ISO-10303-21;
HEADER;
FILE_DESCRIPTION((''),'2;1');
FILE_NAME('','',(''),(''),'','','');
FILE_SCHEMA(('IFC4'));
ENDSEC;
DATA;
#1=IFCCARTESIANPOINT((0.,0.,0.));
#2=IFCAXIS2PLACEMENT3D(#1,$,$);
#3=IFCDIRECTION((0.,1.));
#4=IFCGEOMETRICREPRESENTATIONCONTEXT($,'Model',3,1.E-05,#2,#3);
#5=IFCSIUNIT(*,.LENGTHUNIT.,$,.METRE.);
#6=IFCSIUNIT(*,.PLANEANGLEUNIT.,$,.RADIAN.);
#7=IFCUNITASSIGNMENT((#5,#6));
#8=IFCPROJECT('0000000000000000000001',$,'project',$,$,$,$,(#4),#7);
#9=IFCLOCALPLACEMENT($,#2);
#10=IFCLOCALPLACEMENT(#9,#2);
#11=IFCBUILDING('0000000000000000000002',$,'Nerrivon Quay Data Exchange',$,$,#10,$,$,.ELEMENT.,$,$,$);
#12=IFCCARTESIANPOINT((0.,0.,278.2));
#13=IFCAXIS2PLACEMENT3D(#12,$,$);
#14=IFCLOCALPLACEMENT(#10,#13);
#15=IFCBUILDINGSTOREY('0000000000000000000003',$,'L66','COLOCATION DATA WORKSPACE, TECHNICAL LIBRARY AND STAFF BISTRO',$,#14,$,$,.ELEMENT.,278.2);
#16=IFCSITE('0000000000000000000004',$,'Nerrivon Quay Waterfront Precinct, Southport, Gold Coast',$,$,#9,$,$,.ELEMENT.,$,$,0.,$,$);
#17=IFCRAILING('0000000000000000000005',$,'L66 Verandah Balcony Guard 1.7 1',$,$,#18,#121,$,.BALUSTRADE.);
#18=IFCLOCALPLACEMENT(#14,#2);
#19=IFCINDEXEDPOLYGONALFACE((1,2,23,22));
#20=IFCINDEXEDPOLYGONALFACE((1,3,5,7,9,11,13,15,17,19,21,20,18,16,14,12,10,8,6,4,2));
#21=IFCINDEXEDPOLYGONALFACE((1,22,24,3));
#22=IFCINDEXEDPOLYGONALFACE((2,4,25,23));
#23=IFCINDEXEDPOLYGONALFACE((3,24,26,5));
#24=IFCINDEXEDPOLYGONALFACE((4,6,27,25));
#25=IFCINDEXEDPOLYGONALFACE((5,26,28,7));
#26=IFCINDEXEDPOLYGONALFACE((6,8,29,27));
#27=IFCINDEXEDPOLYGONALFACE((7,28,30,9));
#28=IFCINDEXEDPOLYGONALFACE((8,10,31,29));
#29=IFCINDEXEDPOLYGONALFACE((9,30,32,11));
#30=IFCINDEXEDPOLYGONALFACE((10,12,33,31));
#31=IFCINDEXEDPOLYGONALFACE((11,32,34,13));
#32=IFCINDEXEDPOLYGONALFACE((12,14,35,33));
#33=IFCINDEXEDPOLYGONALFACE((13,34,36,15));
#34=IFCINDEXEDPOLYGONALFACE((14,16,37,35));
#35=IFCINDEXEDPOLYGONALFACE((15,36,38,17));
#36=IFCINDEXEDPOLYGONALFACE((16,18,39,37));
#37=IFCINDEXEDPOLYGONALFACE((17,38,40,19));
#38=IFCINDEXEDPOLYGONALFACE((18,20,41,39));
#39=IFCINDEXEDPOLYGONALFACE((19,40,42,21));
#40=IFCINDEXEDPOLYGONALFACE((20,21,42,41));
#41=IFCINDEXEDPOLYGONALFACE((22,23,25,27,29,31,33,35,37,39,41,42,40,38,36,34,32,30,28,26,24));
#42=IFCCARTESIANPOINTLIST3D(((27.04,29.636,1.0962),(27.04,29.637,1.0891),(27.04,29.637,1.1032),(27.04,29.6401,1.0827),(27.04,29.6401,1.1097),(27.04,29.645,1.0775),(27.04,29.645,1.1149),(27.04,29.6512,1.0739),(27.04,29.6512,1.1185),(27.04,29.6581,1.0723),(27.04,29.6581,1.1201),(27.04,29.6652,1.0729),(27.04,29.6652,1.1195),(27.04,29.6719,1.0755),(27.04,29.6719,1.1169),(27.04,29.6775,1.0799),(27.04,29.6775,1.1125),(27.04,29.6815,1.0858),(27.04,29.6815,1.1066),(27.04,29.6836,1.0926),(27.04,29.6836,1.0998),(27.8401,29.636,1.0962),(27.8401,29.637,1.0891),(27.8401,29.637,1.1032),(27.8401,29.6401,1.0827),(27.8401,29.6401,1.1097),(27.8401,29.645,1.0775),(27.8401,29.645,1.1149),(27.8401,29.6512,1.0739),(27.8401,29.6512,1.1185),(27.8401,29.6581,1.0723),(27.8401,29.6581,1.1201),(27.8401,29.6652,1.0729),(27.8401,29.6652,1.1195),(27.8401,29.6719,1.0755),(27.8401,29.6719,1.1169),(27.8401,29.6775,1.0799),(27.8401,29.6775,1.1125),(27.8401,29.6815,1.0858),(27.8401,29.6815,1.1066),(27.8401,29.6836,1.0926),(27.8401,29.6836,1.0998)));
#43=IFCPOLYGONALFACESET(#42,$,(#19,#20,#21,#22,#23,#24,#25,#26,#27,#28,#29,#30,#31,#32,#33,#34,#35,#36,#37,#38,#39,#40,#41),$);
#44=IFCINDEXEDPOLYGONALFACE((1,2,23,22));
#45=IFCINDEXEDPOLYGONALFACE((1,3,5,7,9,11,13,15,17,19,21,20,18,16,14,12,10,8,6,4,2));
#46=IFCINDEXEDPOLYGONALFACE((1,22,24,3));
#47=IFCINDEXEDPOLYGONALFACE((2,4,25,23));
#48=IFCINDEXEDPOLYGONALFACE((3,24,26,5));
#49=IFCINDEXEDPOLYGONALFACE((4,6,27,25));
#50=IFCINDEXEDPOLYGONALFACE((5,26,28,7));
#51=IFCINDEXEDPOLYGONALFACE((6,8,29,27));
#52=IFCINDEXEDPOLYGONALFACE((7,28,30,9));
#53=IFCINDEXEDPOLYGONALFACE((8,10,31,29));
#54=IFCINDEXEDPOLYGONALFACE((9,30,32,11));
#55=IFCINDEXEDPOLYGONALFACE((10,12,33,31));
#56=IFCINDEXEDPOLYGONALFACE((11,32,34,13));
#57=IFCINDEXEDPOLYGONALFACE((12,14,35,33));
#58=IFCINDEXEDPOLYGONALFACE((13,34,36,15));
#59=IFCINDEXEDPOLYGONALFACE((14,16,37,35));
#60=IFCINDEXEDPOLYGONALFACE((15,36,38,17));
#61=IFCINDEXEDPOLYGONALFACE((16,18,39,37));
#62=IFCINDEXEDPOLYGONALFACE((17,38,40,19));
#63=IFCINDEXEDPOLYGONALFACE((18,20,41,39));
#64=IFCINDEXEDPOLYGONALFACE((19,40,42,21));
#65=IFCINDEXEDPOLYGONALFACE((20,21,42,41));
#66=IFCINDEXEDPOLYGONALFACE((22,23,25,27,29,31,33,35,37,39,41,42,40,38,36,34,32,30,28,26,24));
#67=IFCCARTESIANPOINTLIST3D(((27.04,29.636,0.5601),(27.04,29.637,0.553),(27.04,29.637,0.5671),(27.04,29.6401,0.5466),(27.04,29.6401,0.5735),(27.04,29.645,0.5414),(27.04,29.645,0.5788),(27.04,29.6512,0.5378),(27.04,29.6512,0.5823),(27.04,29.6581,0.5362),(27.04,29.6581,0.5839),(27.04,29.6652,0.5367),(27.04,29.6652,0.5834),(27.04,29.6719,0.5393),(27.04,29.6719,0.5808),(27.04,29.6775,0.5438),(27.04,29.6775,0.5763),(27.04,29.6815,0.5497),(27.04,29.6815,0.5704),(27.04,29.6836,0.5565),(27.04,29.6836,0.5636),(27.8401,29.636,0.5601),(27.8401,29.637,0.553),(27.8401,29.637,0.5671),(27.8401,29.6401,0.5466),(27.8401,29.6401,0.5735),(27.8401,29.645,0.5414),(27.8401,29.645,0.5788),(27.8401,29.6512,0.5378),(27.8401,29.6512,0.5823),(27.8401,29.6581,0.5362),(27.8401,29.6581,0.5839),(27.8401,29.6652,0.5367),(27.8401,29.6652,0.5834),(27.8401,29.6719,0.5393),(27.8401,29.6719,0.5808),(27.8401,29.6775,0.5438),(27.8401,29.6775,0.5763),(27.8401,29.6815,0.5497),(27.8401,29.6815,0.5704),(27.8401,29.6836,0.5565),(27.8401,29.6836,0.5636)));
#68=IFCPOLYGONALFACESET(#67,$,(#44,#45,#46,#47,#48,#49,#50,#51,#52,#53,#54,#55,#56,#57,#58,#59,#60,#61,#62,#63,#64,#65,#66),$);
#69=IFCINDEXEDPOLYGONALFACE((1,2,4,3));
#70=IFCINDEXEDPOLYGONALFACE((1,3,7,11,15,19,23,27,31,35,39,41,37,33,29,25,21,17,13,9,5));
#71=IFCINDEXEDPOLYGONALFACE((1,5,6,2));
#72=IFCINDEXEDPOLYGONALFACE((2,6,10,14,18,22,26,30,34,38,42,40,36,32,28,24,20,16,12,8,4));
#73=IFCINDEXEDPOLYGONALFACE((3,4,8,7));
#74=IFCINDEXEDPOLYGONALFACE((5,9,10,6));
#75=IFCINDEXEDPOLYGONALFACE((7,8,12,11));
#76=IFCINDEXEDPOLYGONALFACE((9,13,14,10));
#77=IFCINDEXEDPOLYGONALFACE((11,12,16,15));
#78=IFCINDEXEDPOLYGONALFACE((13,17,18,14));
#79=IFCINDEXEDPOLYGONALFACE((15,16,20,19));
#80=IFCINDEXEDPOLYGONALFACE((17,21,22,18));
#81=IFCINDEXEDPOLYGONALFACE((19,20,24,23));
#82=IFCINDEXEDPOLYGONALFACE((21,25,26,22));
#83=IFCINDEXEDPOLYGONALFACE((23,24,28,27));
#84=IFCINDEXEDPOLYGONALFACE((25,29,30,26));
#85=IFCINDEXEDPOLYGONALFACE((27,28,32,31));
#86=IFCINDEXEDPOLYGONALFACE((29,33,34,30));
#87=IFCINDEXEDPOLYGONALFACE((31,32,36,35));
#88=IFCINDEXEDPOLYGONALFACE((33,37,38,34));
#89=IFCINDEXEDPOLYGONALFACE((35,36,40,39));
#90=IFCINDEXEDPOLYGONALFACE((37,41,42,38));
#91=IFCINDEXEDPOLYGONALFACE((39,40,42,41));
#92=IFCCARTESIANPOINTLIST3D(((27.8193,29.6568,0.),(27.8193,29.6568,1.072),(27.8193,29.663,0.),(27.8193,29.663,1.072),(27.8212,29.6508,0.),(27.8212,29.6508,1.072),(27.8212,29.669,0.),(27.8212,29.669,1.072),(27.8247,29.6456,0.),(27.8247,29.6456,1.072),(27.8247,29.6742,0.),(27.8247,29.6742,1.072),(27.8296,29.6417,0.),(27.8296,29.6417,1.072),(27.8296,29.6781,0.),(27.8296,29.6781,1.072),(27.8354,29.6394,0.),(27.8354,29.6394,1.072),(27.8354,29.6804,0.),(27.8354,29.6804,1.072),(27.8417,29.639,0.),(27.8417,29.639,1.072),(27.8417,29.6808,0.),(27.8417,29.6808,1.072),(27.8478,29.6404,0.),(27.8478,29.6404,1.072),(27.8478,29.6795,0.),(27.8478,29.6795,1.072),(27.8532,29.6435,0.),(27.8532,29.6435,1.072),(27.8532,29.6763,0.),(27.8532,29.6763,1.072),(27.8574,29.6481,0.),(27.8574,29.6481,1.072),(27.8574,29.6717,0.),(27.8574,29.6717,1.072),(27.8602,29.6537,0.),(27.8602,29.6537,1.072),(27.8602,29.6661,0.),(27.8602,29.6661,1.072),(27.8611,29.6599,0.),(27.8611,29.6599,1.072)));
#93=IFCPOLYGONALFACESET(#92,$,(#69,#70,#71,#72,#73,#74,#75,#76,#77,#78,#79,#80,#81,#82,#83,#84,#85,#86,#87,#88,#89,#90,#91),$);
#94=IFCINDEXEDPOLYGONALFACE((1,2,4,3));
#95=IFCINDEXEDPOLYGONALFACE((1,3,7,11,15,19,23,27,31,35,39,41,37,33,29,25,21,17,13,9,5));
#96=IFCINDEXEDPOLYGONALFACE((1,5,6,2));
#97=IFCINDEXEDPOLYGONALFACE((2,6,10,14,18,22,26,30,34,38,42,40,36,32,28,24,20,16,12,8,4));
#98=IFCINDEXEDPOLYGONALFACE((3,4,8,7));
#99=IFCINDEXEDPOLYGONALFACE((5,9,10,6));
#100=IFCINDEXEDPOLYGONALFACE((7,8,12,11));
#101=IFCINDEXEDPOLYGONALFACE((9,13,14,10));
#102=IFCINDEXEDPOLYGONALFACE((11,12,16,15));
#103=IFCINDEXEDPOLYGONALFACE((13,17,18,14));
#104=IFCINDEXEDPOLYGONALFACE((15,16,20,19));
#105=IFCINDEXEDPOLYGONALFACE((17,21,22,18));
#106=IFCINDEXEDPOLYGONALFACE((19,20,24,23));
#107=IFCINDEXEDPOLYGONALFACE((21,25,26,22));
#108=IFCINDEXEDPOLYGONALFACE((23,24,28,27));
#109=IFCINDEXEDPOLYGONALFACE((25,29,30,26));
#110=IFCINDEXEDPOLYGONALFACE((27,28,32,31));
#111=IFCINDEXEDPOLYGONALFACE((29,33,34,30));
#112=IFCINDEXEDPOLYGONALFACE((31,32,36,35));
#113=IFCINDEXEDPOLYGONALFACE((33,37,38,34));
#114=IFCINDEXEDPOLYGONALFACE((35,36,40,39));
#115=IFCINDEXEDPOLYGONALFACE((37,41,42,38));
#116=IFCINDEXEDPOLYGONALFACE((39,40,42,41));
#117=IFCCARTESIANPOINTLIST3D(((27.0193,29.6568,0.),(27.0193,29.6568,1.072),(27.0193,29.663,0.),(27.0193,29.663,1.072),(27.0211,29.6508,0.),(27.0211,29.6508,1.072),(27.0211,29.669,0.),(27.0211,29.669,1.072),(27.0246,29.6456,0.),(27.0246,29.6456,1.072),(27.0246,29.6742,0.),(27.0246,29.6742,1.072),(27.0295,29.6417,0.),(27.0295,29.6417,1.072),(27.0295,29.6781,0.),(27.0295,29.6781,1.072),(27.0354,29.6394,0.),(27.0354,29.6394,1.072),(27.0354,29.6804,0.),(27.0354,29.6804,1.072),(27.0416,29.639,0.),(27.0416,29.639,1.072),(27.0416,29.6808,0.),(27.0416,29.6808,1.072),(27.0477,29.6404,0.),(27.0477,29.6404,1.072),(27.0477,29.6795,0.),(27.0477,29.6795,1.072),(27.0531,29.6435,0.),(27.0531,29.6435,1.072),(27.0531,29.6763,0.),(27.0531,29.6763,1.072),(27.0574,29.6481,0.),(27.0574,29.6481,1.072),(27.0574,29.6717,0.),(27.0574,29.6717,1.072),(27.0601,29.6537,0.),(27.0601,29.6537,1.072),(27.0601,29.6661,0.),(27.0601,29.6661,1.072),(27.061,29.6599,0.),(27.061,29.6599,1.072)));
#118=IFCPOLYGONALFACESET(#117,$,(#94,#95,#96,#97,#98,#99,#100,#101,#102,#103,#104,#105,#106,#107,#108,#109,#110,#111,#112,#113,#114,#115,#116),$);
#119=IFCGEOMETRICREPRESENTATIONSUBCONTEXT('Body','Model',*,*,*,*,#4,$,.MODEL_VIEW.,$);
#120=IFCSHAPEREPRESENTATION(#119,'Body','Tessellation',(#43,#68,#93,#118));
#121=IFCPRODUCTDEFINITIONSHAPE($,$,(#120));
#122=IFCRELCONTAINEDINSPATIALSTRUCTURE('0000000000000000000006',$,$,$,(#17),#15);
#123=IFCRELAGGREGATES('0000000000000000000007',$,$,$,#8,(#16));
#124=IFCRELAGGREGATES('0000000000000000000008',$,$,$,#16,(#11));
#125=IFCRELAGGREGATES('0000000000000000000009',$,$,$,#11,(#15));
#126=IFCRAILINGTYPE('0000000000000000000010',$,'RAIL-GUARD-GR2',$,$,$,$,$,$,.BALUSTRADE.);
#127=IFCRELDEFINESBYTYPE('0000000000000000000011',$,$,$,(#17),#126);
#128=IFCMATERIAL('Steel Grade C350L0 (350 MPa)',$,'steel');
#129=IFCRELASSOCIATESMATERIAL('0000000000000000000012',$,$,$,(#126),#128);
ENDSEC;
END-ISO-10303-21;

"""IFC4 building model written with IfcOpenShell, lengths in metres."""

from ifc_helpers import new_model, si_unit, direction, frame, origin, origin_2d, place, context, subcontext, project, spatial, circle, extrude, material, type_object, element, save


model = new_model("IFC4")

# Units and contexts
model_context = context("Model", 3, precision=1e-05, world=origin(), true_north=direction((0.0, 1.0)))
body_context = subcontext(model_context, "Body", "Model", "MODEL_VIEW")
ifc_project = project(units=[si_unit("LENGTHUNIT", "METRE"), si_unit("PLANEANGLEUNIT", "RADIAN")], contexts=[model_context])

# Site, building, storey
site_placement = place(None, origin())
site = spatial("IfcSite", under=ifc_project, at=site_placement, Name="Nerrivon Quay Waterfront Precinct, Southport, Gold Coast", CompositionType="ELEMENT", RefElevation=0.0)
building_placement = place(site_placement, origin())
building = spatial("IfcBuilding", under=site, at=building_placement, Name="Nerrivon Quay Data Exchange", CompositionType="ELEMENT")
storey_placement = place(building_placement, frame((0.0, 0.0, 278.2)))
storey = spatial("IfcBuildingStorey", under=building, at=storey_placement, Name="L66", Description="COLOCATION DATA WORKSPACE, TECHNICAL LIBRARY AND STAFF BISTRO", CompositionType="ELEMENT", Elevation=278.2)

# Shared definitions
ifc_material_1 = material(Name="Steel Grade C350L0 (350 MPa)", Category="steel")

# Railing
railing_type = type_object("IfcRailingType", Name="RAIL-GUARD-GR2", PredefinedType="BALUSTRADE", material=ifc_material_1)
railing_1_placement = place(storey_placement, frame((27.8401, 29.6599, 0.0)))
element("IfcRailing", 1, at=railing_1_placement, inside=storey, type_object=railing_type, Name="L66 Verandah Balcony Guard 1.7 1", PredefinedType="BALUSTRADE", context=body_context, shape_type="SweptSolid", body=[
    extrude(circle(Radius=0.0239, at=origin_2d()), frame((0.0, 0.0, 1.0962), z_axis=(-1.0, 0.0, 0.0), x_axis=(0.0, -1.0, 0.0)), (0.0, 0.0, 1.0), 0.8),
    extrude(circle(Radius=0.0239, at=origin_2d()), frame((0.0, 0.0, 0.5601), z_axis=(-1.0, 0.0, 0.0), x_axis=(0.0, -1.0, 0.0)), (0.0, 0.0, 1.0), 0.8),
    extrude(circle(Radius=0.021, at=origin_2d()), origin(), (0.0, 0.0, 1.0), 1.072),
    extrude(circle(Radius=0.021, at=origin_2d()), frame((-0.8, 0.0, 0.0)), (0.0, 0.0, 1.0), 1.072),
])

save(model, "model.ifc")
